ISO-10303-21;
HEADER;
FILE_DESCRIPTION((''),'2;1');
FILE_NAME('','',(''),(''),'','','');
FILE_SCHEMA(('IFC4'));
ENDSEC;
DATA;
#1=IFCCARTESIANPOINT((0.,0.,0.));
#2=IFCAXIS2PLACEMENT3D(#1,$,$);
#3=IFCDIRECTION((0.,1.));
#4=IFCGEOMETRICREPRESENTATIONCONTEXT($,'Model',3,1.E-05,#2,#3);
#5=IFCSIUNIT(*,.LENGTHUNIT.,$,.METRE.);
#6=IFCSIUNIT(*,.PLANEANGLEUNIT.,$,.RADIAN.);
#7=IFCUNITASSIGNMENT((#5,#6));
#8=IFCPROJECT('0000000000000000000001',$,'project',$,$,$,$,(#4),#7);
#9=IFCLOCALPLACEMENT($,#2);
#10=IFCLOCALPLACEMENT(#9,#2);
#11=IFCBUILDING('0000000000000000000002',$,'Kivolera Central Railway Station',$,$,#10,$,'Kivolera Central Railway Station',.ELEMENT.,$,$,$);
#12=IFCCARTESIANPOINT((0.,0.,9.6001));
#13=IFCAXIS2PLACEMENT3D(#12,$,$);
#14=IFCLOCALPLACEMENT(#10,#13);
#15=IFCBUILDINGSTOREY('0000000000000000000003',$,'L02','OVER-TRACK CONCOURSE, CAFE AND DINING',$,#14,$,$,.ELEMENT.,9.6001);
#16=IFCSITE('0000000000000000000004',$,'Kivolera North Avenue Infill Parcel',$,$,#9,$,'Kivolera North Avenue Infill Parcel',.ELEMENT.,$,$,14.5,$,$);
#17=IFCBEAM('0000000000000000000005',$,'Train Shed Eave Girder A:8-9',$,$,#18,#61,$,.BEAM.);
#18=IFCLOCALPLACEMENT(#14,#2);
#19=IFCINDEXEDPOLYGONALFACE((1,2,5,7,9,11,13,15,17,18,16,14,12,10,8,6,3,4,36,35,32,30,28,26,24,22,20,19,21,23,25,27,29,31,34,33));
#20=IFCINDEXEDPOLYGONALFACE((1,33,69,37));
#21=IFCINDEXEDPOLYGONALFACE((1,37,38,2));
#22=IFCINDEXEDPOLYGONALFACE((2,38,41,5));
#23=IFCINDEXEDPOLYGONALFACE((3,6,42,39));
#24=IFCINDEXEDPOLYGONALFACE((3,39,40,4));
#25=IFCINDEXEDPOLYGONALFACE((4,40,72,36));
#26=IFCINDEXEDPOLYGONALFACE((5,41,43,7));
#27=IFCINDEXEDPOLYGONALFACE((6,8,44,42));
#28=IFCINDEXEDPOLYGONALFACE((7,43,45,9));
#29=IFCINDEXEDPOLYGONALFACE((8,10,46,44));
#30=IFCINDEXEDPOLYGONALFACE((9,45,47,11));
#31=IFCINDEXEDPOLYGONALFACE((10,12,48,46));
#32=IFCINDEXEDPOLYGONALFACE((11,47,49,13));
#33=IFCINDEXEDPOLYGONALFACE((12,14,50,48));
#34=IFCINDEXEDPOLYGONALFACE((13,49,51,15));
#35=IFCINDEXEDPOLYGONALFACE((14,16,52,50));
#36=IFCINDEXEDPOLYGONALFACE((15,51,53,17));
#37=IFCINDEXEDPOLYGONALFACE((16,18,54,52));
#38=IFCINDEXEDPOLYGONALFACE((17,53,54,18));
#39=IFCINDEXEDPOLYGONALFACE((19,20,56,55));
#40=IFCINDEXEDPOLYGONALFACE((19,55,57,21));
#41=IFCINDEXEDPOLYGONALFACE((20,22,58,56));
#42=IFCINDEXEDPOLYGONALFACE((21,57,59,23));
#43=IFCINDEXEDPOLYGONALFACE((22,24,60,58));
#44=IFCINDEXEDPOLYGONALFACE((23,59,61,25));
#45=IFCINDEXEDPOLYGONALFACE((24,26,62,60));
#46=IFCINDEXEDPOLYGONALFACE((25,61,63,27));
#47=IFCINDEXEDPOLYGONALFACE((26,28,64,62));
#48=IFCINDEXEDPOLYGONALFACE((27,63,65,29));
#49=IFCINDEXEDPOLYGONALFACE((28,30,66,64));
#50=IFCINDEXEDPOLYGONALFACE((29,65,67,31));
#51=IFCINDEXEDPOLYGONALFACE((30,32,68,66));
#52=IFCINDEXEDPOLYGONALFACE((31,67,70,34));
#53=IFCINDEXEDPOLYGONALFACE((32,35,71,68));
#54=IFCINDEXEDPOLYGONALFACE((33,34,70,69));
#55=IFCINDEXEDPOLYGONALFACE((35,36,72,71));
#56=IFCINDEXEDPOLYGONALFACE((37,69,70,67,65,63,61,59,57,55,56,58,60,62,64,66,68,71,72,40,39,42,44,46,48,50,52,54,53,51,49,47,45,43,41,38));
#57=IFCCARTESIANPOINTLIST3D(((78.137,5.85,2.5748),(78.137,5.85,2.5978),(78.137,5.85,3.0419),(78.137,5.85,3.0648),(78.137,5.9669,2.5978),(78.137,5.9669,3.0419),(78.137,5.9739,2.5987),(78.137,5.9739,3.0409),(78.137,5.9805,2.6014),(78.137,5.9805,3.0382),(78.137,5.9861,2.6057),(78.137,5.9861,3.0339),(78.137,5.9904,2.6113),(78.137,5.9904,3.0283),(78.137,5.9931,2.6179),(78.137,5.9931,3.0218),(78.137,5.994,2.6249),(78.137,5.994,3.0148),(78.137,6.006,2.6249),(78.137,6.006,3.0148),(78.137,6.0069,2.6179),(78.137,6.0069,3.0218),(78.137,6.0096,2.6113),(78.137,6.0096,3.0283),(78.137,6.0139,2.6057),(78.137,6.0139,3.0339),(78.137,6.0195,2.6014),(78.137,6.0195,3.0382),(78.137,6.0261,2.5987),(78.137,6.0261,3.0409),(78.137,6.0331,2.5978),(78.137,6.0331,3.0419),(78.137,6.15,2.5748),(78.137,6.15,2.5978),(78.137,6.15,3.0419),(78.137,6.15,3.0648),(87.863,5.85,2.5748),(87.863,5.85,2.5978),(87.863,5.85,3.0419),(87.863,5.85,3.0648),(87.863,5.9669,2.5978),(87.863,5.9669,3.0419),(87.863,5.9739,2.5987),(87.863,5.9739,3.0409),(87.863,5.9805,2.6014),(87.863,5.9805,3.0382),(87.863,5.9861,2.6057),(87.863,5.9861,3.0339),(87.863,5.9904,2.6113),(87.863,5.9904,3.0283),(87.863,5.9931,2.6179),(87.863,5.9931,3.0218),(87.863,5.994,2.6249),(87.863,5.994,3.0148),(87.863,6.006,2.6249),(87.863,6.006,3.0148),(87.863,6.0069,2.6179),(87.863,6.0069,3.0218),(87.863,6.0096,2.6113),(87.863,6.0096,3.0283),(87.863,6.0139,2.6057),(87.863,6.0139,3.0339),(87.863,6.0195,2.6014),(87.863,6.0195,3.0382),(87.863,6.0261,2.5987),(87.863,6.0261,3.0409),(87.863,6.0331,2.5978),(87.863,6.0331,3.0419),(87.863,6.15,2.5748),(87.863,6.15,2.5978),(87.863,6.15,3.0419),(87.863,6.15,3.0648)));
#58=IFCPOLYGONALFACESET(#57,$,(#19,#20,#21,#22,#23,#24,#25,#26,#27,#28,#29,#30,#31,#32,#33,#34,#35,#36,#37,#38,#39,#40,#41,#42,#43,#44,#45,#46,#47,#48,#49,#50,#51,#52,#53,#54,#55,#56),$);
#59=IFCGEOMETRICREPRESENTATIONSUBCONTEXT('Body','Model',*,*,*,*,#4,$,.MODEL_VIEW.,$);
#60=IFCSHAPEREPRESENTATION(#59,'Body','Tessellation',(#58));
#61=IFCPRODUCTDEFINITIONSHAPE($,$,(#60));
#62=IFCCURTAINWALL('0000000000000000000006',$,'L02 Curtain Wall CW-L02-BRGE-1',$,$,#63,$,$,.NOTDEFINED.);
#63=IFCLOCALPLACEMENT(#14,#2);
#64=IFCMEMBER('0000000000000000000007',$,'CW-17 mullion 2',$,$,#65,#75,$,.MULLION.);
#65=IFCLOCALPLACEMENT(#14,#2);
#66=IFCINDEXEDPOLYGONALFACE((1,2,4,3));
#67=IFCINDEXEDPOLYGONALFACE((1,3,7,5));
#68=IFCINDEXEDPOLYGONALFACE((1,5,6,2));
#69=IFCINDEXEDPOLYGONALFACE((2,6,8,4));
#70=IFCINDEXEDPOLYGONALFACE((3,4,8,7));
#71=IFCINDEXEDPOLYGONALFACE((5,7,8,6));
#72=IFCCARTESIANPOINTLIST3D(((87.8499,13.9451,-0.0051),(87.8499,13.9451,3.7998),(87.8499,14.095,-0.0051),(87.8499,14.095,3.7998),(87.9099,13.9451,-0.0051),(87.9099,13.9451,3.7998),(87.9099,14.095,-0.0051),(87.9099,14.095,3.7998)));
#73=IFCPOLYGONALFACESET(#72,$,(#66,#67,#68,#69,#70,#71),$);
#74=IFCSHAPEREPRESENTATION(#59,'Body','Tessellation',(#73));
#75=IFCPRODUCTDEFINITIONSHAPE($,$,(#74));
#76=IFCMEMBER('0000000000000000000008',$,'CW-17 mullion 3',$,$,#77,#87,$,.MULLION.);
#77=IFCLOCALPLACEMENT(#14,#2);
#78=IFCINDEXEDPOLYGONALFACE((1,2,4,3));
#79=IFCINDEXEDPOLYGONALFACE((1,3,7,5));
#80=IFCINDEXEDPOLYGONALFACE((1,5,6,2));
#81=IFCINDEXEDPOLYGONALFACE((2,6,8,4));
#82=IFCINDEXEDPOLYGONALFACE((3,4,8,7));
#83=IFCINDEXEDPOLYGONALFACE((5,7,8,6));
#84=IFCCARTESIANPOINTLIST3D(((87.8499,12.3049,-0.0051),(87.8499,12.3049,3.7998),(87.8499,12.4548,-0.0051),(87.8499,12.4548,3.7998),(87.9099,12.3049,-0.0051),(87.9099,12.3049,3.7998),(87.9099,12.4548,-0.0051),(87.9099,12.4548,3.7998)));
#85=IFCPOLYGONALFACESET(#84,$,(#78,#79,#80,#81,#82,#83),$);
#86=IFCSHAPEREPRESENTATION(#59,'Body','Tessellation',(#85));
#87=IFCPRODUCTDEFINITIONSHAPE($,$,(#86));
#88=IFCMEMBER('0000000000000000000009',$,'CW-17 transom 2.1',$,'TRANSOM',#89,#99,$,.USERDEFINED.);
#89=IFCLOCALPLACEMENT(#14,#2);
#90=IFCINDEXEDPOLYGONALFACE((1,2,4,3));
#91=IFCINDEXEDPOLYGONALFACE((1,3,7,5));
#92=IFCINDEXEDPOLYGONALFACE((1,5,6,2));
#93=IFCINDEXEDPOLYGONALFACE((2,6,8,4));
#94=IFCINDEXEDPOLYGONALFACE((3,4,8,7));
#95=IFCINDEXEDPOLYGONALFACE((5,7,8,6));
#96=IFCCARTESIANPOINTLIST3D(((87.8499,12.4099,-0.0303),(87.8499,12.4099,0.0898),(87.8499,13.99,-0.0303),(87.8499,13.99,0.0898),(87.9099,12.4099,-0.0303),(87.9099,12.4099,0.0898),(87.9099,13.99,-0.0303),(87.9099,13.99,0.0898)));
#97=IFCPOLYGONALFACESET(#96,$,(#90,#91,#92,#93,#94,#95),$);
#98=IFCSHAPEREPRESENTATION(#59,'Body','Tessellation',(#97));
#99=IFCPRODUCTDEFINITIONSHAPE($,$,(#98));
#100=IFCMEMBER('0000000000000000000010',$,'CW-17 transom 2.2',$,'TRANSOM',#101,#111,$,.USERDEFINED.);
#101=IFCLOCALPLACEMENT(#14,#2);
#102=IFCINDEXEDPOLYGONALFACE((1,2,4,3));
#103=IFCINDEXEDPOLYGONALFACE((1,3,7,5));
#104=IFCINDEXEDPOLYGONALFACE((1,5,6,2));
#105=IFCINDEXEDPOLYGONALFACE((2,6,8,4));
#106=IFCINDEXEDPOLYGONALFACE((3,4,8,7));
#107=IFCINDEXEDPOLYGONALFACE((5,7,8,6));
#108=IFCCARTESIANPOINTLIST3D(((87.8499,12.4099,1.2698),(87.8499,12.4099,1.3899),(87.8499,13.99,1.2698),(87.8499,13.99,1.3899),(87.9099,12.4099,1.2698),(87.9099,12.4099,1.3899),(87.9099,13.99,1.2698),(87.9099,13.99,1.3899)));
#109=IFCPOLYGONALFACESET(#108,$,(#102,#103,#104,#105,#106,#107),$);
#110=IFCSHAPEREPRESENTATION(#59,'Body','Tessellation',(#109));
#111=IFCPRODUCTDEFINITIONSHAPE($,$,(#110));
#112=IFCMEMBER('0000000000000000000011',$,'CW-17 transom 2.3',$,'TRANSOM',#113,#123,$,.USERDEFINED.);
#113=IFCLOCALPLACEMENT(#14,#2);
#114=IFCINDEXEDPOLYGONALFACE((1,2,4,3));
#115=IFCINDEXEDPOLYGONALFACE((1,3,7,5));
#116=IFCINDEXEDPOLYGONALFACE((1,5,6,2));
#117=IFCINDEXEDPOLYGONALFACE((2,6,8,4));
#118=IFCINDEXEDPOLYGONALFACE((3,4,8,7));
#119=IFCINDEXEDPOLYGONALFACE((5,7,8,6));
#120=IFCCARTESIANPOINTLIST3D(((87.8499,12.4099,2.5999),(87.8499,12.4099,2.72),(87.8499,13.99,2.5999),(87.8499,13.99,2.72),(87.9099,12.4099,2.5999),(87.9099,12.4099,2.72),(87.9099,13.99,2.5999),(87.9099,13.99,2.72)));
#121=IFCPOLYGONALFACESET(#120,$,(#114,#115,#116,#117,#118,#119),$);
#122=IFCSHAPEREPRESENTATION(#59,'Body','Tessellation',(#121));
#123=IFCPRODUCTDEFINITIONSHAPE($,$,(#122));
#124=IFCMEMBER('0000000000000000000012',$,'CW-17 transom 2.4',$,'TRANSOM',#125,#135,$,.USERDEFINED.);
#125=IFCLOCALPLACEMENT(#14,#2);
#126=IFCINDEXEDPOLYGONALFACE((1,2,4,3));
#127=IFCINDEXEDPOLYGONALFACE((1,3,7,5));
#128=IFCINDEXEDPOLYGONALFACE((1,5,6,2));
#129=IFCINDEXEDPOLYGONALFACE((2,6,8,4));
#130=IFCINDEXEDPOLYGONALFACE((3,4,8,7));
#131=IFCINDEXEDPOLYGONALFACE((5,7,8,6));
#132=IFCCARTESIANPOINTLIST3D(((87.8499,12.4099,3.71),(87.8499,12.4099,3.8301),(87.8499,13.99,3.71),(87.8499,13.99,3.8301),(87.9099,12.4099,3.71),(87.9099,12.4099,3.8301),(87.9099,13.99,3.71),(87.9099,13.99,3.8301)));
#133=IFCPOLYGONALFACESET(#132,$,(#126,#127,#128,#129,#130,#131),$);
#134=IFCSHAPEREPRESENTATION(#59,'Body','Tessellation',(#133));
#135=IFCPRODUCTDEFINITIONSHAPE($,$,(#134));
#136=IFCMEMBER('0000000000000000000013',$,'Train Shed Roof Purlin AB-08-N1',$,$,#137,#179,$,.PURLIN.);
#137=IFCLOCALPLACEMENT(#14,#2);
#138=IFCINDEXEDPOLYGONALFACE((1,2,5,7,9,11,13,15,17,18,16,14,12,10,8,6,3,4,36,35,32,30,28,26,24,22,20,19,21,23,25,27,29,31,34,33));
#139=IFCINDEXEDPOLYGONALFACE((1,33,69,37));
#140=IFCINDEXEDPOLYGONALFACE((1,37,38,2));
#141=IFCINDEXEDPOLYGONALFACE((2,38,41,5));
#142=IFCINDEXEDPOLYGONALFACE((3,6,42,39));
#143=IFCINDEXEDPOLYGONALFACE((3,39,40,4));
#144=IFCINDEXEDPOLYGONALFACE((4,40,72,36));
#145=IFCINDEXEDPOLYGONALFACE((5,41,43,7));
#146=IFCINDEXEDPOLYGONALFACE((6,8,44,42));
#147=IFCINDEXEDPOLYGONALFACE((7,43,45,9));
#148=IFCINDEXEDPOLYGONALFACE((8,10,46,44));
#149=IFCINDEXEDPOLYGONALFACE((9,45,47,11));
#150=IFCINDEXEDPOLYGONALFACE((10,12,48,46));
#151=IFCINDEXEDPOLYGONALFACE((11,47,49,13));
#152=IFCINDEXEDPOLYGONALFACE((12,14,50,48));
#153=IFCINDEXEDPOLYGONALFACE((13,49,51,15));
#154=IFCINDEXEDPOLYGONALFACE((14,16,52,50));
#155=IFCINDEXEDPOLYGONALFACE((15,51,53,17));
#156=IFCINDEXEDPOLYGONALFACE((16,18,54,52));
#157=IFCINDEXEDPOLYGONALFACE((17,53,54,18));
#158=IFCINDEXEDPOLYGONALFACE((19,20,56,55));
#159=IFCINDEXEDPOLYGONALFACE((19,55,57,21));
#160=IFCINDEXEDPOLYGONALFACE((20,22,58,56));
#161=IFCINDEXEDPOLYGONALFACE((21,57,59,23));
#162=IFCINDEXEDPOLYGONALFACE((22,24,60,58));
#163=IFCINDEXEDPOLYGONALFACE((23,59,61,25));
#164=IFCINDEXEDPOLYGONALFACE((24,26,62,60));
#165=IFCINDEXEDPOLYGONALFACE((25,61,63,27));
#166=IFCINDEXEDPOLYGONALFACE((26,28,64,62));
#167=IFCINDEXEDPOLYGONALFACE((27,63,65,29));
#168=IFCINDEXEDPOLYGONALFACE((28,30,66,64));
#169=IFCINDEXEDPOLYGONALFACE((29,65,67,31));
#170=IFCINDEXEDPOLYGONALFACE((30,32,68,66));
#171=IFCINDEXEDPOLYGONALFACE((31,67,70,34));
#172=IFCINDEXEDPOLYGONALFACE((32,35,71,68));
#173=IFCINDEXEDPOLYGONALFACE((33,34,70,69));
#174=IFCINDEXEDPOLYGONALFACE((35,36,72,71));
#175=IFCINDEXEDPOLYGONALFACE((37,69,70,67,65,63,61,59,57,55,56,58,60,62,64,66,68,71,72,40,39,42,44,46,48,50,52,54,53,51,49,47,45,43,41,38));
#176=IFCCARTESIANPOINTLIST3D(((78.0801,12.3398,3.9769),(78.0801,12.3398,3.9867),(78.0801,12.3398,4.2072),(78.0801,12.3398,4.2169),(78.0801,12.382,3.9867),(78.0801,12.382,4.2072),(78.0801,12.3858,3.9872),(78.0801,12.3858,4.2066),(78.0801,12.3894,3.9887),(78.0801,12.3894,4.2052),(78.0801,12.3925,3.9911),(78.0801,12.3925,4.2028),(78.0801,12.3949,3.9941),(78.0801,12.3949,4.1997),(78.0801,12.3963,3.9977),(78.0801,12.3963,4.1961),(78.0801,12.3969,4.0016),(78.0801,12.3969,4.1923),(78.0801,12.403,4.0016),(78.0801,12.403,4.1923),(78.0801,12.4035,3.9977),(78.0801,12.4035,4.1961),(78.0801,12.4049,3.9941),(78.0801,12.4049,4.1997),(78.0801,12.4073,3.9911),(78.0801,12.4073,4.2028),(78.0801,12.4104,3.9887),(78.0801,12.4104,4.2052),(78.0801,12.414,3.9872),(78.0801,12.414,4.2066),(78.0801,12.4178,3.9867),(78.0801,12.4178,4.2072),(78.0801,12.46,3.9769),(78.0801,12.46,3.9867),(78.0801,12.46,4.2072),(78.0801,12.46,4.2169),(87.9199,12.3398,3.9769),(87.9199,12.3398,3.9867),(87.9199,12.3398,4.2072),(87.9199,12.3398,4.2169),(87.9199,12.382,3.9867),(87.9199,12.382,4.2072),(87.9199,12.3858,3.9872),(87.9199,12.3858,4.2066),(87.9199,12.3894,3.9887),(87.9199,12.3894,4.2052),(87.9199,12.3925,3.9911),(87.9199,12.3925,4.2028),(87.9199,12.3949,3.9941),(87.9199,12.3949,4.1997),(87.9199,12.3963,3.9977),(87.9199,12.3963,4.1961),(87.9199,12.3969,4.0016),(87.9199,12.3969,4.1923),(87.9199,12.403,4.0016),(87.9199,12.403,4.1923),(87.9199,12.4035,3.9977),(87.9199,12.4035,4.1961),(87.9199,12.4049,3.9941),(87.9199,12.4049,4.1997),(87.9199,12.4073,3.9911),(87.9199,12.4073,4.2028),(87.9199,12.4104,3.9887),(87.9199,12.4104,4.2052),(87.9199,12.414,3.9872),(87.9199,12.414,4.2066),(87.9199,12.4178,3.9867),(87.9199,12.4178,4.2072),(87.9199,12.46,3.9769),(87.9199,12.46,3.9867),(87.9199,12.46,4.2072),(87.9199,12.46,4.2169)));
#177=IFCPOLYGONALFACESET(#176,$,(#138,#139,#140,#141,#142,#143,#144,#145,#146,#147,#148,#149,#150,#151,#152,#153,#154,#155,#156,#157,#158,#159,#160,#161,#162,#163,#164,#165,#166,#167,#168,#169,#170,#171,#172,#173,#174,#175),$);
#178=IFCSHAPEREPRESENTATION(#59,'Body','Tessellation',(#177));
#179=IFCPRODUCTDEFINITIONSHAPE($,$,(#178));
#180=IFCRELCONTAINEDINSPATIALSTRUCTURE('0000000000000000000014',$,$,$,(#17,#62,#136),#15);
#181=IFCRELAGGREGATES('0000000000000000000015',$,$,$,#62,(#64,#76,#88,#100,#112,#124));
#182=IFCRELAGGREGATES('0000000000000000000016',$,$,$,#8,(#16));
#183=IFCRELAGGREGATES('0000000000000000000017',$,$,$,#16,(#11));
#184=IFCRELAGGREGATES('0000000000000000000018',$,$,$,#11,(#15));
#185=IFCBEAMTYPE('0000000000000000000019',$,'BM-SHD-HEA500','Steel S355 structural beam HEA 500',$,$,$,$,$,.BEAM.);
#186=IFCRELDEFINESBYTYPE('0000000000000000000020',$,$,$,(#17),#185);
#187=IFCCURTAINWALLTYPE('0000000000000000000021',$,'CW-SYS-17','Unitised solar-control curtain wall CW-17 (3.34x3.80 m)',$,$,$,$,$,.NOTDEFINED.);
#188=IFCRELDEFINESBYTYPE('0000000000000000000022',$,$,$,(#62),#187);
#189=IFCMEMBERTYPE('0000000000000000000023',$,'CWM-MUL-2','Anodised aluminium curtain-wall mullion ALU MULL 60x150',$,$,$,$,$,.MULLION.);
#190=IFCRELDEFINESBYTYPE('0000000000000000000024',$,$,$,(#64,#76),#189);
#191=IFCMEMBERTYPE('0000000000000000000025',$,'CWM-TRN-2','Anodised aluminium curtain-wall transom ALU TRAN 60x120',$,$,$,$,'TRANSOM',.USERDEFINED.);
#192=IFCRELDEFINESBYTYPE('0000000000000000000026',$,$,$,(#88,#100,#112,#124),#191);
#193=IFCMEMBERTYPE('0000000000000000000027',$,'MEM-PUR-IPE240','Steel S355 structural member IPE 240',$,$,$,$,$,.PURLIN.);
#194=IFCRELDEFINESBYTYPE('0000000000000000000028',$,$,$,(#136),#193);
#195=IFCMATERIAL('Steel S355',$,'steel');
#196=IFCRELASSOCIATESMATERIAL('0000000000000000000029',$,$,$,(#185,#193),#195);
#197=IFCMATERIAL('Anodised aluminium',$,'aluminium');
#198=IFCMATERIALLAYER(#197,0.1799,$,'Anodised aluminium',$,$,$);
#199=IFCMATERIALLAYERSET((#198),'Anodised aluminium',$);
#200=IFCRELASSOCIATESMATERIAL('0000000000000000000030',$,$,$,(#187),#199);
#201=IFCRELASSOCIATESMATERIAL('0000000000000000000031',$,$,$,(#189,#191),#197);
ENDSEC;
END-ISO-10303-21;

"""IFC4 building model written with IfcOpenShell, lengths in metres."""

from ifc_helpers import new_model, si_unit, direction, frame, origin, origin_2d, place, context, subcontext, project, spatial, rectangle, i_section, extrude, material, layer, layer_set, material_profile, profile_set, type_object, element, aggregate, save


model = new_model("IFC4")

# Units and contexts
model_context = context("Model", 3, precision=1e-05, world=origin(), true_north=direction((0.0, 1.0)))
body_context = subcontext(model_context, "Body", "Model", "MODEL_VIEW")
ifc_project = project(units=[si_unit("LENGTHUNIT", "METRE"), si_unit("PLANEANGLEUNIT", "RADIAN")], contexts=[model_context])

# Site, building, storey
site_placement = place(None, origin())
site = spatial("IfcSite", under=ifc_project, at=site_placement, Name="Kivolera North Avenue Infill Parcel", LongName="Kivolera North Avenue Infill Parcel", CompositionType="ELEMENT", RefElevation=14.5)
building_placement = place(site_placement, origin())
building = spatial("IfcBuilding", under=site, at=building_placement, Name="Kivolera Central Railway Station", LongName="Kivolera Central Railway Station", CompositionType="ELEMENT")
storey_placement = place(building_placement, frame((0.0, 0.0, 9.6001)))
storey = spatial("IfcBuildingStorey", under=building, at=storey_placement, Name="L02", Description="OVER-TRACK CONCOURSE, CAFE AND DINING", CompositionType="ELEMENT", Elevation=9.6001)

# Beam
ifc_material_1 = material(Name="Steel S355", Category="steel")
ifc_material_profile_1 = material_profile(ifc_material_1, i_section(OverallWidth=0.3, OverallDepth=0.49, WebThickness=0.012, FlangeThickness=0.0229, FilletRadius=0.0271, at=origin_2d()), Name="HEA 500")
ifc_profile_set_1 = profile_set([ifc_material_profile_1], Name="Steel S355")
beam_type = type_object("IfcBeamType", Name="BM-SHD-HEA500", Description="Steel S355 structural beam HEA 500", PredefinedType="BEAM", material=ifc_profile_set_1)
beam_placement = place(storey_placement, frame((78.137, 6.0, 2.8198), z_axis=(1.0, 0.0, 0.0), x_axis=(0.0, 1.0, 0.0)))
element("IfcBeam", 1, at=beam_placement, inside=storey, type_object=beam_type, Name="Train Shed Eave Girder A:8-9", PredefinedType="BEAM", context=body_context, shape_type="SweptSolid", body=[
    extrude(i_section(OverallWidth=0.3, OverallDepth=0.49, WebThickness=0.012, FlangeThickness=0.0229, FilletRadius=0.0271, at=origin_2d()), origin(), (0.0, 0.0, 1.0), 9.7261),
])

# Curtain wall, members
ifc_material_2 = material(Name="Anodised aluminium", Category="aluminium")
ifc_layer_1 = layer(ifc_material_2, 0.1799, Name="Anodised aluminium")
ifc_layer_set_1 = layer_set([ifc_layer_1], Name="Anodised aluminium")
curtain_wall_type = type_object("IfcCurtainWallType", Name="CW-SYS-17", Description="Unitised solar-control curtain wall CW-17 (3.34x3.80 m)", PredefinedType="NOTDEFINED", material=ifc_layer_set_1)
curtain_wall_placement = place(storey_placement, origin())
curtain_wall = element("IfcCurtainWall", 2, at=curtain_wall_placement, inside=storey, type_object=curtain_wall_type, Name="L02 Curtain Wall CW-L02-BRGE-1", PredefinedType="NOTDEFINED")
ifc_material_profile_2 = material_profile(ifc_material_2, rectangle(XDim=0.0601, YDim=0.1499, at=origin_2d()), Name="ALU MULL 60x150")
ifc_profile_set_2 = profile_set([ifc_material_profile_2], Name="Anodised aluminium")
member_type_1 = type_object("IfcMemberType", Name="CWM-MUL-2", Description="Anodised aluminium curtain-wall mullion ALU MULL 60x150", PredefinedType="MULLION", material=ifc_profile_set_2)
member_1_placement = place(storey_placement, frame((87.8799, 14.02, -0.0051), z_axis=(0.0, 0.0, 1.0), x_axis=(1.0, 0.0, 0.0)))
member_1 = element("IfcMember", 3, at=member_1_placement, type_object=member_type_1, Name="CW-17 mullion 2", PredefinedType="MULLION", context=body_context, shape_type="SweptSolid", body=[
    extrude(rectangle(XDim=0.0601, YDim=0.1499, at=origin_2d()), origin(), (0.0, 0.0, 1.0), 3.8049),
])
member_2_placement = place(storey_placement, frame((87.8799, 12.3799, -0.0051), z_axis=(0.0, 0.0, 1.0), x_axis=(1.0, 0.0, 0.0)))
member_2 = element("IfcMember", 4, at=member_2_placement, type_object=member_type_1, Name="CW-17 mullion 3", PredefinedType="MULLION", context=body_context, shape_type="SweptSolid", body=[
    extrude(rectangle(XDim=0.0601, YDim=0.1499, at=origin_2d()), origin(), (0.0, 0.0, 1.0), 3.8049),
])
ifc_material_profile_3 = material_profile(ifc_material_2, rectangle(XDim=0.0601, YDim=0.1201, at=origin_2d()), Name="ALU TRAN 60x120")
ifc_profile_set_3 = profile_set([ifc_material_profile_3], Name="Anodised aluminium")
member_type_2 = type_object("IfcMemberType", Name="CWM-TRN-2", Description="Anodised aluminium curtain-wall transom ALU TRAN 60x120", ElementType="TRANSOM", PredefinedType="USERDEFINED", material=ifc_profile_set_3)
member_3_placement = place(storey_placement, frame((87.8799, 13.99, 0.0298), z_axis=(0.0, -1.0, 0.0), x_axis=(1.0, 0.0, 0.0)))
member_3 = element("IfcMember", 5, at=member_3_placement, type_object=member_type_2, Name="CW-17 transom 2.1", ObjectType="TRANSOM", PredefinedType="USERDEFINED", context=body_context, shape_type="SweptSolid", body=[
    extrude(rectangle(XDim=0.0601, YDim=0.1201, at=origin_2d()), origin(), (0.0, 0.0, 1.0), 1.5801),
])
member_4_placement = place(storey_placement, frame((87.8799, 13.99, 1.3298), z_axis=(0.0, -1.0, 0.0), x_axis=(1.0, 0.0, 0.0)))
member_4 = element("IfcMember", 6, at=member_4_placement, type_object=member_type_2, Name="CW-17 transom 2.2", ObjectType="TRANSOM", PredefinedType="USERDEFINED", context=body_context, shape_type="SweptSolid", body=[
    extrude(rectangle(XDim=0.0601, YDim=0.1201, at=origin_2d()), origin(), (0.0, 0.0, 1.0), 1.5801),
])
member_5_placement = place(storey_placement, frame((87.8799, 13.99, 2.6599), z_axis=(0.0, -1.0, 0.0), x_axis=(1.0, 0.0, 0.0)))
member_5 = element("IfcMember", 7, at=member_5_placement, type_object=member_type_2, Name="CW-17 transom 2.3", ObjectType="TRANSOM", PredefinedType="USERDEFINED", context=body_context, shape_type="SweptSolid", body=[
    extrude(rectangle(XDim=0.0601, YDim=0.1201, at=origin_2d()), origin(), (0.0, 0.0, 1.0), 1.5801),
])
member_6_placement = place(storey_placement, frame((87.8799, 13.99, 3.77), z_axis=(0.0, -1.0, 0.0), x_axis=(1.0, 0.0, 0.0)))
member_6 = element("IfcMember", 8, at=member_6_placement, type_object=member_type_2, Name="CW-17 transom 2.4", ObjectType="TRANSOM", PredefinedType="USERDEFINED", context=body_context, shape_type="SweptSolid", body=[
    extrude(rectangle(XDim=0.0601, YDim=0.1201, at=origin_2d()), origin(), (0.0, 0.0, 1.0), 1.5801),
])

# Member
ifc_material_profile_4 = material_profile(ifc_material_1, i_section(OverallWidth=0.1201, OverallDepth=0.24, WebThickness=0.0061, FlangeThickness=0.0098, FilletRadius=0.0149, at=origin_2d()), Name="IPE 240")
ifc_profile_set_4 = profile_set([ifc_material_profile_4], Name="Steel S355")
member_type_3 = type_object("IfcMemberType", Name="MEM-PUR-IPE240", Description="Steel S355 structural member IPE 240", PredefinedType="PURLIN", material=ifc_profile_set_4)
for number, where, z_axis, x_axis, name in (
    (9, (78.0801, 12.3999, 4.0969), (1.0, 0.0, 0.0), (0.0, 1.0, 0.0), "Train Shed Roof Purlin AB-08-N1"),
):
    element("IfcMember", number, at=place(storey_placement, frame(where, z_axis=z_axis, x_axis=x_axis)), inside=storey, type_object=member_type_3, Name=name, PredefinedType="PURLIN", context=body_context, shape_type="SweptSolid", body=[
        extrude(i_section(OverallWidth=0.1201, OverallDepth=0.24, WebThickness=0.0061, FlangeThickness=0.0098, FilletRadius=0.0149, at=origin_2d()), origin(), (0.0, 0.0, 1.0), 9.8398),
    ])

aggregate(curtain_wall, [member_1, member_2, member_3, member_4, member_5, member_6])

save(model, "model.ifc")
